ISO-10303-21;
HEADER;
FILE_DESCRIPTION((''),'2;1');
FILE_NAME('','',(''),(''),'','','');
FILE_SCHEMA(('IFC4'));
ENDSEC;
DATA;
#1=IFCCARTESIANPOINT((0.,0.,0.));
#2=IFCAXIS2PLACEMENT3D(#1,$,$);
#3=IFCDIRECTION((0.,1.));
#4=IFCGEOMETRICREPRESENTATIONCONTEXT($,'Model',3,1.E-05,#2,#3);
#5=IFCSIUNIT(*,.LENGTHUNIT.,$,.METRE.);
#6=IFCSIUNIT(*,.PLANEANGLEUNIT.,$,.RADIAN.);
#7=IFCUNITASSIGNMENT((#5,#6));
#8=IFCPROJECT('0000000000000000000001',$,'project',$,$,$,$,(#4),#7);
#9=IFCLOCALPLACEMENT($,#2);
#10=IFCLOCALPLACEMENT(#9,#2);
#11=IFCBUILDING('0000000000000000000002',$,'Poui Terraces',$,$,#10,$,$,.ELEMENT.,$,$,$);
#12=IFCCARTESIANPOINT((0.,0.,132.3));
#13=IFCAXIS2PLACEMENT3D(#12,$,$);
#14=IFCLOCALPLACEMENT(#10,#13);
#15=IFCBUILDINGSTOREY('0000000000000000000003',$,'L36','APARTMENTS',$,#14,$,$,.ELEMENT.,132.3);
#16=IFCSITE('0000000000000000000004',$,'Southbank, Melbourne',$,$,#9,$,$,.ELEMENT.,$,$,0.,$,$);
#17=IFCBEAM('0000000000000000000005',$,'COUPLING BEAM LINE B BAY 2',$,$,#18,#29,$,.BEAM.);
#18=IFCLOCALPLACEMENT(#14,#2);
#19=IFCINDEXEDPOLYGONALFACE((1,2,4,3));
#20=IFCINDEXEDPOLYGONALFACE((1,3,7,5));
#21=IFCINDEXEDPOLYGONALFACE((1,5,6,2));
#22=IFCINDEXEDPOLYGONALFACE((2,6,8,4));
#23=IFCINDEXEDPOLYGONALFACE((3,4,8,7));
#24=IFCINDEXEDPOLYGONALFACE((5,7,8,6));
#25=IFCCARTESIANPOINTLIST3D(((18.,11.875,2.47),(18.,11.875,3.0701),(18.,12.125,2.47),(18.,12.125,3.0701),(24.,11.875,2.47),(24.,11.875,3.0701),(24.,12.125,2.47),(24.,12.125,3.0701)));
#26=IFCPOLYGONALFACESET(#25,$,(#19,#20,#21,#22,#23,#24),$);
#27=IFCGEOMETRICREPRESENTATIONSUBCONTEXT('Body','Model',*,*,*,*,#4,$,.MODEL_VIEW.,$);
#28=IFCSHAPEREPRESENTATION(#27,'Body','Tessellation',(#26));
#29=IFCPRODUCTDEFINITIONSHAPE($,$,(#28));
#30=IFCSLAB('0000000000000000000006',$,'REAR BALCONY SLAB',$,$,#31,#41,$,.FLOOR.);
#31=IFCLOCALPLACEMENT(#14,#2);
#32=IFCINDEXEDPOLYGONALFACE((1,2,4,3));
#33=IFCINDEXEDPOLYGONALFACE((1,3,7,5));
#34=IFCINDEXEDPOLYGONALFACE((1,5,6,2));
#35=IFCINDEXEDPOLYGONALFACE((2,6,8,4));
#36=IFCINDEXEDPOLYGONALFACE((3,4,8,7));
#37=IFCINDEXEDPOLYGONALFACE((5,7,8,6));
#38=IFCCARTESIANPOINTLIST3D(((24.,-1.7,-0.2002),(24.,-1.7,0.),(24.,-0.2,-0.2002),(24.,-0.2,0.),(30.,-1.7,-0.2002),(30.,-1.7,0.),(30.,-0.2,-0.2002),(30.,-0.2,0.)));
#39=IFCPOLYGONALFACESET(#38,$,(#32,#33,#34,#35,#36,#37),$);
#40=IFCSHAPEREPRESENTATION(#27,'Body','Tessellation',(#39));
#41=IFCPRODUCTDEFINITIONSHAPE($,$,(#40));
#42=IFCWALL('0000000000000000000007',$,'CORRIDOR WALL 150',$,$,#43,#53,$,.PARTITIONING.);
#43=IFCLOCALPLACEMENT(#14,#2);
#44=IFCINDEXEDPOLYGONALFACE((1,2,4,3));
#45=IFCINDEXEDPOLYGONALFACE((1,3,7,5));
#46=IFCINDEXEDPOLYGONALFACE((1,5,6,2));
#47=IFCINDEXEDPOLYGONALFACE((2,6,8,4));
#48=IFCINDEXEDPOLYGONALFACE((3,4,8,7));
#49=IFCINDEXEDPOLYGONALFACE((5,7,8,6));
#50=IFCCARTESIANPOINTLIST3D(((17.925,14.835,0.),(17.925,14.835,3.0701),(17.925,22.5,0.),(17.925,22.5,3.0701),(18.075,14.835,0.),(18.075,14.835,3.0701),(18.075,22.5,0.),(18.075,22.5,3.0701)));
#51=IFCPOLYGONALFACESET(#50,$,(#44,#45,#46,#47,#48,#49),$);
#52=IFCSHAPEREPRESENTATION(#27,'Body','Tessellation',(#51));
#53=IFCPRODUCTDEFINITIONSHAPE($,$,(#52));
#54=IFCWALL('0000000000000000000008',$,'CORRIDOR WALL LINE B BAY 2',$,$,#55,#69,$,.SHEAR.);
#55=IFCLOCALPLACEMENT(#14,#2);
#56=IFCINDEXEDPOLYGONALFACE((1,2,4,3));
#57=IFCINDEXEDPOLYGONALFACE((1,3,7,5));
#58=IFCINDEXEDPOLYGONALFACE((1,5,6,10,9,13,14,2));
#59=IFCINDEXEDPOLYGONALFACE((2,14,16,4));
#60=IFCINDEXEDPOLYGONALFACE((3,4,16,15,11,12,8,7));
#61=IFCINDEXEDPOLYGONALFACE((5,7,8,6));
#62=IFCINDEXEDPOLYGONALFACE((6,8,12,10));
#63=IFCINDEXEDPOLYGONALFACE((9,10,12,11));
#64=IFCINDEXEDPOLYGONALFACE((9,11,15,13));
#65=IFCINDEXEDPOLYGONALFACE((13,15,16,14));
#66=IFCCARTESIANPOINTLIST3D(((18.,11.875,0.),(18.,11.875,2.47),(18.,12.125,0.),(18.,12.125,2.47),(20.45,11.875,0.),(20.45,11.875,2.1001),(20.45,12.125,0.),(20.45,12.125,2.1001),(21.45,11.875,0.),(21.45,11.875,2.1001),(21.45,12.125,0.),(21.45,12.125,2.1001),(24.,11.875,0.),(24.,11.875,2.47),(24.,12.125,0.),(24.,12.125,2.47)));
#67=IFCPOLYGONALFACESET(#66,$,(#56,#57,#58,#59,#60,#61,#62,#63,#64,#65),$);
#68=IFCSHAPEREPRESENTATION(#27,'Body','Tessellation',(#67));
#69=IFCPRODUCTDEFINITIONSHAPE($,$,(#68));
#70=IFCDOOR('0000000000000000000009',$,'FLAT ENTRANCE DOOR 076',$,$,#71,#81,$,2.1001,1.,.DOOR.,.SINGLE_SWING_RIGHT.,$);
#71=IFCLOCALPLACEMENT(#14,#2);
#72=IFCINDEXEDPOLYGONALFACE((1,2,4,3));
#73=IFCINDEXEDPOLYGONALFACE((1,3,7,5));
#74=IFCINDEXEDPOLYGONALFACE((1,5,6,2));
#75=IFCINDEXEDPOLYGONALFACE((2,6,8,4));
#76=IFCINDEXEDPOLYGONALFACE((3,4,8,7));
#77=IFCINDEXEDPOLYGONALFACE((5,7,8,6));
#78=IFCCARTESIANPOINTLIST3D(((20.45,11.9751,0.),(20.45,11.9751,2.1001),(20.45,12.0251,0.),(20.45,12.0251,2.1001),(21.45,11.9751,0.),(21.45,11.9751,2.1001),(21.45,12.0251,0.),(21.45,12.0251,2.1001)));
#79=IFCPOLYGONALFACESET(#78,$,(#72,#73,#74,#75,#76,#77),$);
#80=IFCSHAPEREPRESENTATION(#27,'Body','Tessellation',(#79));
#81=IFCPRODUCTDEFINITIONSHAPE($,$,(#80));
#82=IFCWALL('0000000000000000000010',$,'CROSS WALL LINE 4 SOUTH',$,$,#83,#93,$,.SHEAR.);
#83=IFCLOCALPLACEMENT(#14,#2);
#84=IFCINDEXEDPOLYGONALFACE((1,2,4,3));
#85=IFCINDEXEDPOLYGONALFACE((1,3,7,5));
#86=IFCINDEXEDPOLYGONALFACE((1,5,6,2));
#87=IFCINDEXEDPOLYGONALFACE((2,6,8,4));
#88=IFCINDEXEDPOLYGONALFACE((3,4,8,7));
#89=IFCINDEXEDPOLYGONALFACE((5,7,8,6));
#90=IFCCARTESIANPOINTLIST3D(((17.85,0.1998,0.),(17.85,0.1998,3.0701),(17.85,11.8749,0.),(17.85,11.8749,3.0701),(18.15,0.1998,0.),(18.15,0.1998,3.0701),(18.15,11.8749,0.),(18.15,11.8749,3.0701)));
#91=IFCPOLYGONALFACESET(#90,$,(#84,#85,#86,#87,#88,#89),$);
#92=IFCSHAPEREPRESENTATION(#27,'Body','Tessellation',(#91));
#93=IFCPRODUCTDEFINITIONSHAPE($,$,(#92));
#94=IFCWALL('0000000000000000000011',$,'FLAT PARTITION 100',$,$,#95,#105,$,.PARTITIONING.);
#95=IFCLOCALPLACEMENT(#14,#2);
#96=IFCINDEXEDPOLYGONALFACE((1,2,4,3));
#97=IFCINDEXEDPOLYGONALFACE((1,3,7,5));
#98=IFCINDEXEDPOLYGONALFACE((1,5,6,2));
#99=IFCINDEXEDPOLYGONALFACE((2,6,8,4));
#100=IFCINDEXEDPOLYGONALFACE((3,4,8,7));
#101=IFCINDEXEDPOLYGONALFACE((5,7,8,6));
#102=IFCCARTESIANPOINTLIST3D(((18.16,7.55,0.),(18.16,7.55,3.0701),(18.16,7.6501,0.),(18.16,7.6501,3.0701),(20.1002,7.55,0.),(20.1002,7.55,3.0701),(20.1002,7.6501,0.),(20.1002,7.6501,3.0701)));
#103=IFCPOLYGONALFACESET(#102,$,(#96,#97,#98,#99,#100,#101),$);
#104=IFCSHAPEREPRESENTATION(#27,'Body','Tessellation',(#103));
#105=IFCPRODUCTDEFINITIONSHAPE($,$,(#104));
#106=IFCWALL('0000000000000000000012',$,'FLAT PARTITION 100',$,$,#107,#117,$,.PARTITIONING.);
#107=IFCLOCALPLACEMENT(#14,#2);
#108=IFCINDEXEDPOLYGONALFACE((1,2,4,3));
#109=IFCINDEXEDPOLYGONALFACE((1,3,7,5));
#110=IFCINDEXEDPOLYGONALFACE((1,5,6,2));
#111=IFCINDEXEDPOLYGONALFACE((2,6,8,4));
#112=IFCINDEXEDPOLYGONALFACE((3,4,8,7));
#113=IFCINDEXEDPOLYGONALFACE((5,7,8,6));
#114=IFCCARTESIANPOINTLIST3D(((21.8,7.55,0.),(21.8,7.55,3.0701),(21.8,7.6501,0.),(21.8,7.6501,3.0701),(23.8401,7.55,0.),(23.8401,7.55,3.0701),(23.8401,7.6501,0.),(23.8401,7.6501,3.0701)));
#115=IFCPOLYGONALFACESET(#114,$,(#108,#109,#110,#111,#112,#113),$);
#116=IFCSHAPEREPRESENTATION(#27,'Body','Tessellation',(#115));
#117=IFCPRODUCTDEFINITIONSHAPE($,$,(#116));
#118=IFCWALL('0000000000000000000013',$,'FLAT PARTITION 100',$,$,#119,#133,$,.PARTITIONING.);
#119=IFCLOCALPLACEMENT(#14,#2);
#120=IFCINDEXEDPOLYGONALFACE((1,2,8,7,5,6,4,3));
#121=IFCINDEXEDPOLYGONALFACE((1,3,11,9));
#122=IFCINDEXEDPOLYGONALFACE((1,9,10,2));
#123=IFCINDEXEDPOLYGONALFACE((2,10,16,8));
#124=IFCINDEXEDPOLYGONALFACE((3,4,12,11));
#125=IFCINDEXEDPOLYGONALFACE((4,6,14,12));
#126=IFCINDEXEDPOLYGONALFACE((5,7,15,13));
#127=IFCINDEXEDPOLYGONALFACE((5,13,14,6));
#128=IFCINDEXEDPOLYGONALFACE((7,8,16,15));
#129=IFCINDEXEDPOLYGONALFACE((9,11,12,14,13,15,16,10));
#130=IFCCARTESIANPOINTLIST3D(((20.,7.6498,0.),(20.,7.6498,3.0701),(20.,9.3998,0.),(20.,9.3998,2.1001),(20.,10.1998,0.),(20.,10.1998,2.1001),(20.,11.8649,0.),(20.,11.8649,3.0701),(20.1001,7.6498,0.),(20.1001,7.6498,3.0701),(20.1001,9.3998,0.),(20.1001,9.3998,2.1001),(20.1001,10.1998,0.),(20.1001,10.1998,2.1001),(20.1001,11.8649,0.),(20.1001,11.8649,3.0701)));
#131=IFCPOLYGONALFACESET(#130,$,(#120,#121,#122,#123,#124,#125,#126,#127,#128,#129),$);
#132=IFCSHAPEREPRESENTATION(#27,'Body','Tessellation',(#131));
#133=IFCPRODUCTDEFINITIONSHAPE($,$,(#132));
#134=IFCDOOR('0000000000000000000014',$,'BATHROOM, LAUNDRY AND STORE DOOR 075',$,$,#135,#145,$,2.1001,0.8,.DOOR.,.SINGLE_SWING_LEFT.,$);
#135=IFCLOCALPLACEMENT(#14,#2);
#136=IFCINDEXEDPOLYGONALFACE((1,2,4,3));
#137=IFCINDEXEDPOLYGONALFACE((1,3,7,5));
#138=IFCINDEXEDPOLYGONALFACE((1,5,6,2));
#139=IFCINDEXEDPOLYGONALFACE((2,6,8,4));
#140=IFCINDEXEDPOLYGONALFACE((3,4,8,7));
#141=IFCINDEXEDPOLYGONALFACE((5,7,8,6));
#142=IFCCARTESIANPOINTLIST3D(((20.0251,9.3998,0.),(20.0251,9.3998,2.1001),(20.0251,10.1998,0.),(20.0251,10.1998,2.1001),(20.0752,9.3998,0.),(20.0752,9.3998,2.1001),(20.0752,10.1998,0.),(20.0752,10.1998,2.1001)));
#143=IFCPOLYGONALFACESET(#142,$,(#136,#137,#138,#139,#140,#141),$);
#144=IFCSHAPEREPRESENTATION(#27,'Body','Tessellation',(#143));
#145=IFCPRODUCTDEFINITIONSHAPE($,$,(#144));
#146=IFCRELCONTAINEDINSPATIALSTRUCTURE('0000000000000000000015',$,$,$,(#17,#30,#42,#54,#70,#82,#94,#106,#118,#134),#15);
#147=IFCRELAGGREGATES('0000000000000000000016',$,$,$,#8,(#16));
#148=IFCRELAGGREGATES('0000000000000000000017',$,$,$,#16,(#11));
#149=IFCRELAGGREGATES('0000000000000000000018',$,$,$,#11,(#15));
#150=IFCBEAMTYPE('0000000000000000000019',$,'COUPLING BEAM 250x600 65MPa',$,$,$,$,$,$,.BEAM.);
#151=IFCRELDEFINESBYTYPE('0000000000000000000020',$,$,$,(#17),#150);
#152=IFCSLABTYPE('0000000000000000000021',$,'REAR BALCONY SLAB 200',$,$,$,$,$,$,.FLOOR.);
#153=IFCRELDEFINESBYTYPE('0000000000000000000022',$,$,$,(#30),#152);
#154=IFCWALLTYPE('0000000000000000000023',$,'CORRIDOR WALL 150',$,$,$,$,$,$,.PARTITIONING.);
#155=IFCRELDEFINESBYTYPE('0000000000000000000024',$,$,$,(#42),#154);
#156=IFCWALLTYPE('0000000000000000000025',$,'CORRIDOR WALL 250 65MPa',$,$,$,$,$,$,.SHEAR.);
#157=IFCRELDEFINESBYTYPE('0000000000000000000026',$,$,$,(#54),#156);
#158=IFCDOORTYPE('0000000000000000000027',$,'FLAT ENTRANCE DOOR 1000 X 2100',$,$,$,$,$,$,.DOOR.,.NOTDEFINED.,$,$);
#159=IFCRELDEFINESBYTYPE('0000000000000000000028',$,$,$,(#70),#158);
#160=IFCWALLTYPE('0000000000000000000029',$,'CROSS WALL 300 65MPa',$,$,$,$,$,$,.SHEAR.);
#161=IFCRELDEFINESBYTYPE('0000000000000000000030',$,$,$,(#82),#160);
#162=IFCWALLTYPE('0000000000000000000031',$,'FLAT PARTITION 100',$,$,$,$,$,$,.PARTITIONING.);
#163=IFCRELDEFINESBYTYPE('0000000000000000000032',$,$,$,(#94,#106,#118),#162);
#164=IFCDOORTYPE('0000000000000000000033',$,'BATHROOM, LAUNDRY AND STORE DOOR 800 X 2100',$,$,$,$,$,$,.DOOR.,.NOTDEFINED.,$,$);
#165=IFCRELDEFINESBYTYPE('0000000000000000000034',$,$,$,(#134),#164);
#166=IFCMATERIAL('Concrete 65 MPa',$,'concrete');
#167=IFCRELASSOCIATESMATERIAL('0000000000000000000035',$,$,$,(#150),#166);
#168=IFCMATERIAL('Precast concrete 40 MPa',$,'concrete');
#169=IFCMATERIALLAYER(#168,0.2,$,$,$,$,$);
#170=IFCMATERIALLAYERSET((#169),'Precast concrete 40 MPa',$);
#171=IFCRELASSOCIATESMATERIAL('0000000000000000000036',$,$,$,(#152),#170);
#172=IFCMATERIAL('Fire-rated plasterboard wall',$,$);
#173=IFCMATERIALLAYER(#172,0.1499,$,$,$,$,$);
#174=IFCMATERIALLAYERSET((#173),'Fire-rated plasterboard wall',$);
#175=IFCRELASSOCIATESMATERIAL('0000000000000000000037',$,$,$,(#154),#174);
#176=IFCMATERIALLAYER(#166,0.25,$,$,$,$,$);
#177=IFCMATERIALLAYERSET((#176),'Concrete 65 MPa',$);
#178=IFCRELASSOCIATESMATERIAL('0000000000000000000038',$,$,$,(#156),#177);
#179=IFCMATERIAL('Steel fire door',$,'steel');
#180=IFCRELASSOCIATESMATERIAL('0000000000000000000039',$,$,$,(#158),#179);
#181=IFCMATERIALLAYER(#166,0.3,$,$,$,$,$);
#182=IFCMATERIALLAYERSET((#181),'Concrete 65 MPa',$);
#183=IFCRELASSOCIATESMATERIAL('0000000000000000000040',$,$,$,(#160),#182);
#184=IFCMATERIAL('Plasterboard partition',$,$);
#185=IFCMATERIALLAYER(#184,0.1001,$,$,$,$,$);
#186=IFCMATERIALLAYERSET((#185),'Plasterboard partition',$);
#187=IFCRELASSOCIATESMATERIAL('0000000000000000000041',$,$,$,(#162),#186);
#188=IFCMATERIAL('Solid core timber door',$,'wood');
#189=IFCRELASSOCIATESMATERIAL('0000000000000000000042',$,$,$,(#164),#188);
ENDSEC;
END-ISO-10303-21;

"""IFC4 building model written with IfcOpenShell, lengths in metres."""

from ifc_helpers import new_model, si_unit, direction, frame, frame_2d, origin, origin_2d, place, context, subcontext, project, spatial, polyline, rectangle, outline, extrude, source, transform, mapped, material, layer, layer_set, material_profile, profile_set, type_object, element, fill, save


model = new_model("IFC4")

# Units and contexts
model_context = context("Model", 3, precision=1e-05, world=origin(), true_north=direction((0.0, 1.0)))
body_context = subcontext(model_context, "Body", "Model", "MODEL_VIEW")
ifc_project = project(units=[si_unit("LENGTHUNIT", "METRE"), si_unit("PLANEANGLEUNIT", "RADIAN")], contexts=[model_context])

# Site, building, storey
site_placement = place(None, origin())
site = spatial("IfcSite", under=ifc_project, at=site_placement, Name="Southbank, Melbourne", CompositionType="ELEMENT", RefElevation=0.0)
building_placement = place(site_placement, origin())
building = spatial("IfcBuilding", under=site, at=building_placement, Name="Poui Terraces", CompositionType="ELEMENT")
storey_placement = place(building_placement, frame((0.0, 0.0, 132.3)))
storey = spatial("IfcBuildingStorey", under=building, at=storey_placement, Name="L36", Description="APARTMENTS", CompositionType="ELEMENT", Elevation=132.3)

# Beam
ifc_material_1 = material(Name="Concrete 65 MPa", Category="concrete")
ifc_material_profile = material_profile(ifc_material_1, rectangle(XDim=0.25, YDim=0.6001, at=origin_2d()), Name="RC 250x600")
ifc_profile_set = profile_set([ifc_material_profile], Name="Concrete 65 MPa")
beam_type = type_object("IfcBeamType", Name="COUPLING BEAM 250x600 65MPa", PredefinedType="BEAM", material=ifc_profile_set)
shared_shape_1 = source(origin(), body_context, "Body", "SweptSolid", [
    extrude(rectangle(XDim=0.25, YDim=0.6001, at=origin_2d()), origin(), (0.0, 0.0, 1.0), 6.0),
])
beam_placement = place(storey_placement, frame((18.0, 12.0, 2.77), z_axis=(1.0, 0.0, 0.0), x_axis=(0.0, 1.0, 0.0)))
element("IfcBeam", 1, at=beam_placement, inside=storey, type_object=beam_type, Name="COUPLING BEAM LINE B BAY 2", PredefinedType="BEAM", context=body_context, shape_type="MappedRepresentation", body=[
    mapped(shared_shape_1, transform((0.0, 0.0, 0.0))),
])

# Slab
ifc_material_2 = material(Name="Precast concrete 40 MPa", Category="concrete")
ifc_layer_1 = layer(ifc_material_2, 0.2)
ifc_layer_set_1 = layer_set([ifc_layer_1], Name="Precast concrete 40 MPa")
slab_type = type_object("IfcSlabType", Name="REAR BALCONY SLAB 200", PredefinedType="FLOOR", material=ifc_layer_set_1)
shared_shape_2 = source(origin(), body_context, "Body", "SweptSolid", [
    extrude(outline(polyline([(0.0, 0.0), (6.0, 0.0), (6.0, 1.5), (0.0, 1.5), (0.0, 0.0)])), origin(), (0.0, 0.0, 1.0), 0.2002),
])
slab_placement = place(storey_placement, frame((24.0, -1.7, -0.2002)))
element("IfcSlab", 2, at=slab_placement, inside=storey, type_object=slab_type, Name="REAR BALCONY SLAB", PredefinedType="FLOOR", context=body_context, shape_type="MappedRepresentation", body=[
    mapped(shared_shape_2, transform((0.0, 0.0, 0.0))),
])

# Wall
ifc_material_3 = material(Name="Fire-rated plasterboard wall")
ifc_layer_2 = layer(ifc_material_3, 0.1499)
ifc_layer_set_2 = layer_set([ifc_layer_2], Name="Fire-rated plasterboard wall")
wall_type_1 = type_object("IfcWallType", Name="CORRIDOR WALL 150", PredefinedType="PARTITIONING", material=ifc_layer_set_2)
wall_1_placement = place(storey_placement, frame((18.0, 14.835, 0.0), z_axis=(0.0, 0.0, 1.0), x_axis=(0.0, 1.0, 0.0)))
element("IfcWall", 3, at=wall_1_placement, inside=storey, type_object=wall_type_1, Name="CORRIDOR WALL 150", PredefinedType="PARTITIONING", context=body_context, shape_type="SweptSolid", body=[
    extrude(rectangle(XDim=7.665, YDim=0.1499, at=frame_2d((3.8325, 0.0))), origin(), (0.0, 0.0, 1.0), 3.0701),
])

# Wall, opening, door
ifc_layer_3 = layer(ifc_material_1, 0.25)
ifc_layer_set_3 = layer_set([ifc_layer_3], Name="Concrete 65 MPa")
wall_type_2 = type_object("IfcWallType", Name="CORRIDOR WALL 250 65MPa", PredefinedType="SHEAR", material=ifc_layer_set_3)
wall_2_placement = place(storey_placement, frame((18.0, 12.0, 0.0), z_axis=(0.0, 0.0, 1.0), x_axis=(1.0, 0.0, 0.0)))
wall_2 = element("IfcWall", 4, at=wall_2_placement, inside=storey, type_object=wall_type_2, Name="CORRIDOR WALL LINE B BAY 2", PredefinedType="SHEAR", context=body_context, shape_type="SweptSolid", body=[
    extrude(rectangle(XDim=6.0, YDim=0.25, at=frame_2d((3.0, 0.0))), origin(), (0.0, 0.0, 1.0), 2.47),
])
opening_1_placement = place(wall_2_placement, frame((2.45, 0.0, 0.0)))
opening_1 = element("IfcOpeningElement", 5, at=opening_1_placement, cuts=wall_2, PredefinedType="OPENING", context=body_context, shape_type="SweptSolid", body=[
    extrude(rectangle(XDim=1.0, YDim=2.1001, at=frame_2d((0.5, 1.05))), frame((0.0, 0.135, 0.0), z_axis=(0.0, -1.0, 0.0), x_axis=(1.0, 0.0, 0.0)), (0.0, 0.0, 1.0), 0.27),
])
ifc_material_4 = material(Name="Steel fire door", Category="steel")
door_type_1 = type_object("IfcDoorType", Name="FLAT ENTRANCE DOOR 1000 X 2100", OperationType="NOTDEFINED", PredefinedType="DOOR", material=ifc_material_4)
door_1_placement = place(opening_1_placement, frame((1.0, 0.0, 0.0), z_axis=(0.0, 0.0, 1.0), x_axis=(-1.0, 0.0, 0.0)))
door_1 = element("IfcDoor", 6, at=door_1_placement, inside=storey, type_object=door_type_1, Name="FLAT ENTRANCE DOOR 076", OperationType="SINGLE_SWING_RIGHT", OverallHeight=2.1001, OverallWidth=1.0, PredefinedType="DOOR", context=body_context, shape_type="SweptSolid", body=[
    extrude(rectangle(XDim=1.0, YDim=2.1001, at=frame_2d((0.5, 1.05))), frame((0.0, 0.0249, 0.0), z_axis=(0.0, -1.0, 0.0), x_axis=(1.0, 0.0, 0.0)), (0.0, 0.0, 1.0), 0.05),
])
fill(opening_1, door_1)

# Walls
ifc_layer_4 = layer(ifc_material_1, 0.3)
ifc_layer_set_4 = layer_set([ifc_layer_4], Name="Concrete 65 MPa")
wall_type_3 = type_object("IfcWallType", Name="CROSS WALL 300 65MPa", PredefinedType="SHEAR", material=ifc_layer_set_4)
wall_3_placement = place(storey_placement, frame((18.0, 0.2, 0.0), z_axis=(0.0, 0.0, 1.0), x_axis=(0.0, 1.0, 0.0)))
element("IfcWall", 7, at=wall_3_placement, inside=storey, type_object=wall_type_3, Name="CROSS WALL LINE 4 SOUTH", PredefinedType="SHEAR", context=body_context, shape_type="SweptSolid", body=[
    extrude(rectangle(XDim=11.675, YDim=0.3, at=frame_2d((5.8374, 0.0))), origin(), (0.0, 0.0, 1.0), 3.0701),
])
ifc_material_5 = material(Name="Plasterboard partition")
ifc_layer_5 = layer(ifc_material_5, 0.1001)
ifc_layer_set_5 = layer_set([ifc_layer_5], Name="Plasterboard partition")
wall_type_4 = type_object("IfcWallType", Name="FLAT PARTITION 100", PredefinedType="PARTITIONING", material=ifc_layer_set_5)
wall_4_placement = place(storey_placement, frame((18.1599, 7.6001, 0.0), z_axis=(0.0, 0.0, 1.0), x_axis=(1.0, 0.0, 0.0)))
element("IfcWall", 8, at=wall_4_placement, inside=storey, type_object=wall_type_4, Name="FLAT PARTITION 100", PredefinedType="PARTITIONING", context=body_context, shape_type="SweptSolid", body=[
    extrude(rectangle(XDim=1.9402, YDim=0.1001, at=frame_2d((0.9702, 0.0))), origin(), (0.0, 0.0, 1.0), 3.0701),
])
wall_5_placement = place(storey_placement, frame((21.8, 7.6001, 0.0), z_axis=(0.0, 0.0, 1.0), x_axis=(1.0, 0.0, 0.0)))
element("IfcWall", 9, at=wall_5_placement, inside=storey, type_object=wall_type_4, Name="FLAT PARTITION 100", PredefinedType="PARTITIONING", context=body_context, shape_type="SweptSolid", body=[
    extrude(rectangle(XDim=2.04, YDim=0.1001, at=frame_2d((1.02, 0.0))), origin(), (0.0, 0.0, 1.0), 3.0701),
])

# Wall, opening, door
wall_6_placement = place(storey_placement, frame((20.05, 7.6499, 0.0), z_axis=(0.0, 0.0, 1.0), x_axis=(0.0, 1.0, 0.0)))
wall_6 = element("IfcWall", 10, at=wall_6_placement, inside=storey, type_object=wall_type_4, Name="FLAT PARTITION 100", PredefinedType="PARTITIONING", context=body_context, shape_type="SweptSolid", body=[
    extrude(rectangle(XDim=4.2151, YDim=0.1001, at=frame_2d((2.1074, 0.0))), origin(), (0.0, 0.0, 1.0), 3.0701),
])
opening_2_placement = place(wall_6_placement, frame((1.75, 0.0, 0.0)))
opening_2 = element("IfcOpeningElement", 11, at=opening_2_placement, cuts=wall_6, PredefinedType="OPENING", context=body_context, shape_type="SweptSolid", body=[
    extrude(rectangle(XDim=0.8, YDim=2.1001, at=frame_2d((0.3999, 1.05))), frame((0.0, 0.0601, 0.0), z_axis=(0.0, -1.0, 0.0), x_axis=(1.0, 0.0, 0.0)), (0.0, 0.0, 1.0), 0.1201),
])
ifc_material_6 = material(Name="Solid core timber door", Category="wood")
door_type_2 = type_object("IfcDoorType", Name="BATHROOM, LAUNDRY AND STORE DOOR 800 X 2100", OperationType="NOTDEFINED", PredefinedType="DOOR", material=ifc_material_6)
door_2_placement = place(opening_2_placement, origin())
door_2 = element("IfcDoor", 12, at=door_2_placement, inside=storey, type_object=door_type_2, Name="BATHROOM, LAUNDRY AND STORE DOOR 075", OperationType="SINGLE_SWING_LEFT", OverallHeight=2.1001, OverallWidth=0.8, PredefinedType="DOOR", context=body_context, shape_type="SweptSolid", body=[
    extrude(rectangle(XDim=0.8, YDim=2.1001, at=frame_2d((0.3999, 1.05))), frame((0.0, 0.0249, 0.0), z_axis=(0.0, -1.0, 0.0), x_axis=(1.0, 0.0, 0.0)), (0.0, 0.0, 1.0), 0.05),
])
fill(opening_2, door_2)

save(model, "model.ifc")
